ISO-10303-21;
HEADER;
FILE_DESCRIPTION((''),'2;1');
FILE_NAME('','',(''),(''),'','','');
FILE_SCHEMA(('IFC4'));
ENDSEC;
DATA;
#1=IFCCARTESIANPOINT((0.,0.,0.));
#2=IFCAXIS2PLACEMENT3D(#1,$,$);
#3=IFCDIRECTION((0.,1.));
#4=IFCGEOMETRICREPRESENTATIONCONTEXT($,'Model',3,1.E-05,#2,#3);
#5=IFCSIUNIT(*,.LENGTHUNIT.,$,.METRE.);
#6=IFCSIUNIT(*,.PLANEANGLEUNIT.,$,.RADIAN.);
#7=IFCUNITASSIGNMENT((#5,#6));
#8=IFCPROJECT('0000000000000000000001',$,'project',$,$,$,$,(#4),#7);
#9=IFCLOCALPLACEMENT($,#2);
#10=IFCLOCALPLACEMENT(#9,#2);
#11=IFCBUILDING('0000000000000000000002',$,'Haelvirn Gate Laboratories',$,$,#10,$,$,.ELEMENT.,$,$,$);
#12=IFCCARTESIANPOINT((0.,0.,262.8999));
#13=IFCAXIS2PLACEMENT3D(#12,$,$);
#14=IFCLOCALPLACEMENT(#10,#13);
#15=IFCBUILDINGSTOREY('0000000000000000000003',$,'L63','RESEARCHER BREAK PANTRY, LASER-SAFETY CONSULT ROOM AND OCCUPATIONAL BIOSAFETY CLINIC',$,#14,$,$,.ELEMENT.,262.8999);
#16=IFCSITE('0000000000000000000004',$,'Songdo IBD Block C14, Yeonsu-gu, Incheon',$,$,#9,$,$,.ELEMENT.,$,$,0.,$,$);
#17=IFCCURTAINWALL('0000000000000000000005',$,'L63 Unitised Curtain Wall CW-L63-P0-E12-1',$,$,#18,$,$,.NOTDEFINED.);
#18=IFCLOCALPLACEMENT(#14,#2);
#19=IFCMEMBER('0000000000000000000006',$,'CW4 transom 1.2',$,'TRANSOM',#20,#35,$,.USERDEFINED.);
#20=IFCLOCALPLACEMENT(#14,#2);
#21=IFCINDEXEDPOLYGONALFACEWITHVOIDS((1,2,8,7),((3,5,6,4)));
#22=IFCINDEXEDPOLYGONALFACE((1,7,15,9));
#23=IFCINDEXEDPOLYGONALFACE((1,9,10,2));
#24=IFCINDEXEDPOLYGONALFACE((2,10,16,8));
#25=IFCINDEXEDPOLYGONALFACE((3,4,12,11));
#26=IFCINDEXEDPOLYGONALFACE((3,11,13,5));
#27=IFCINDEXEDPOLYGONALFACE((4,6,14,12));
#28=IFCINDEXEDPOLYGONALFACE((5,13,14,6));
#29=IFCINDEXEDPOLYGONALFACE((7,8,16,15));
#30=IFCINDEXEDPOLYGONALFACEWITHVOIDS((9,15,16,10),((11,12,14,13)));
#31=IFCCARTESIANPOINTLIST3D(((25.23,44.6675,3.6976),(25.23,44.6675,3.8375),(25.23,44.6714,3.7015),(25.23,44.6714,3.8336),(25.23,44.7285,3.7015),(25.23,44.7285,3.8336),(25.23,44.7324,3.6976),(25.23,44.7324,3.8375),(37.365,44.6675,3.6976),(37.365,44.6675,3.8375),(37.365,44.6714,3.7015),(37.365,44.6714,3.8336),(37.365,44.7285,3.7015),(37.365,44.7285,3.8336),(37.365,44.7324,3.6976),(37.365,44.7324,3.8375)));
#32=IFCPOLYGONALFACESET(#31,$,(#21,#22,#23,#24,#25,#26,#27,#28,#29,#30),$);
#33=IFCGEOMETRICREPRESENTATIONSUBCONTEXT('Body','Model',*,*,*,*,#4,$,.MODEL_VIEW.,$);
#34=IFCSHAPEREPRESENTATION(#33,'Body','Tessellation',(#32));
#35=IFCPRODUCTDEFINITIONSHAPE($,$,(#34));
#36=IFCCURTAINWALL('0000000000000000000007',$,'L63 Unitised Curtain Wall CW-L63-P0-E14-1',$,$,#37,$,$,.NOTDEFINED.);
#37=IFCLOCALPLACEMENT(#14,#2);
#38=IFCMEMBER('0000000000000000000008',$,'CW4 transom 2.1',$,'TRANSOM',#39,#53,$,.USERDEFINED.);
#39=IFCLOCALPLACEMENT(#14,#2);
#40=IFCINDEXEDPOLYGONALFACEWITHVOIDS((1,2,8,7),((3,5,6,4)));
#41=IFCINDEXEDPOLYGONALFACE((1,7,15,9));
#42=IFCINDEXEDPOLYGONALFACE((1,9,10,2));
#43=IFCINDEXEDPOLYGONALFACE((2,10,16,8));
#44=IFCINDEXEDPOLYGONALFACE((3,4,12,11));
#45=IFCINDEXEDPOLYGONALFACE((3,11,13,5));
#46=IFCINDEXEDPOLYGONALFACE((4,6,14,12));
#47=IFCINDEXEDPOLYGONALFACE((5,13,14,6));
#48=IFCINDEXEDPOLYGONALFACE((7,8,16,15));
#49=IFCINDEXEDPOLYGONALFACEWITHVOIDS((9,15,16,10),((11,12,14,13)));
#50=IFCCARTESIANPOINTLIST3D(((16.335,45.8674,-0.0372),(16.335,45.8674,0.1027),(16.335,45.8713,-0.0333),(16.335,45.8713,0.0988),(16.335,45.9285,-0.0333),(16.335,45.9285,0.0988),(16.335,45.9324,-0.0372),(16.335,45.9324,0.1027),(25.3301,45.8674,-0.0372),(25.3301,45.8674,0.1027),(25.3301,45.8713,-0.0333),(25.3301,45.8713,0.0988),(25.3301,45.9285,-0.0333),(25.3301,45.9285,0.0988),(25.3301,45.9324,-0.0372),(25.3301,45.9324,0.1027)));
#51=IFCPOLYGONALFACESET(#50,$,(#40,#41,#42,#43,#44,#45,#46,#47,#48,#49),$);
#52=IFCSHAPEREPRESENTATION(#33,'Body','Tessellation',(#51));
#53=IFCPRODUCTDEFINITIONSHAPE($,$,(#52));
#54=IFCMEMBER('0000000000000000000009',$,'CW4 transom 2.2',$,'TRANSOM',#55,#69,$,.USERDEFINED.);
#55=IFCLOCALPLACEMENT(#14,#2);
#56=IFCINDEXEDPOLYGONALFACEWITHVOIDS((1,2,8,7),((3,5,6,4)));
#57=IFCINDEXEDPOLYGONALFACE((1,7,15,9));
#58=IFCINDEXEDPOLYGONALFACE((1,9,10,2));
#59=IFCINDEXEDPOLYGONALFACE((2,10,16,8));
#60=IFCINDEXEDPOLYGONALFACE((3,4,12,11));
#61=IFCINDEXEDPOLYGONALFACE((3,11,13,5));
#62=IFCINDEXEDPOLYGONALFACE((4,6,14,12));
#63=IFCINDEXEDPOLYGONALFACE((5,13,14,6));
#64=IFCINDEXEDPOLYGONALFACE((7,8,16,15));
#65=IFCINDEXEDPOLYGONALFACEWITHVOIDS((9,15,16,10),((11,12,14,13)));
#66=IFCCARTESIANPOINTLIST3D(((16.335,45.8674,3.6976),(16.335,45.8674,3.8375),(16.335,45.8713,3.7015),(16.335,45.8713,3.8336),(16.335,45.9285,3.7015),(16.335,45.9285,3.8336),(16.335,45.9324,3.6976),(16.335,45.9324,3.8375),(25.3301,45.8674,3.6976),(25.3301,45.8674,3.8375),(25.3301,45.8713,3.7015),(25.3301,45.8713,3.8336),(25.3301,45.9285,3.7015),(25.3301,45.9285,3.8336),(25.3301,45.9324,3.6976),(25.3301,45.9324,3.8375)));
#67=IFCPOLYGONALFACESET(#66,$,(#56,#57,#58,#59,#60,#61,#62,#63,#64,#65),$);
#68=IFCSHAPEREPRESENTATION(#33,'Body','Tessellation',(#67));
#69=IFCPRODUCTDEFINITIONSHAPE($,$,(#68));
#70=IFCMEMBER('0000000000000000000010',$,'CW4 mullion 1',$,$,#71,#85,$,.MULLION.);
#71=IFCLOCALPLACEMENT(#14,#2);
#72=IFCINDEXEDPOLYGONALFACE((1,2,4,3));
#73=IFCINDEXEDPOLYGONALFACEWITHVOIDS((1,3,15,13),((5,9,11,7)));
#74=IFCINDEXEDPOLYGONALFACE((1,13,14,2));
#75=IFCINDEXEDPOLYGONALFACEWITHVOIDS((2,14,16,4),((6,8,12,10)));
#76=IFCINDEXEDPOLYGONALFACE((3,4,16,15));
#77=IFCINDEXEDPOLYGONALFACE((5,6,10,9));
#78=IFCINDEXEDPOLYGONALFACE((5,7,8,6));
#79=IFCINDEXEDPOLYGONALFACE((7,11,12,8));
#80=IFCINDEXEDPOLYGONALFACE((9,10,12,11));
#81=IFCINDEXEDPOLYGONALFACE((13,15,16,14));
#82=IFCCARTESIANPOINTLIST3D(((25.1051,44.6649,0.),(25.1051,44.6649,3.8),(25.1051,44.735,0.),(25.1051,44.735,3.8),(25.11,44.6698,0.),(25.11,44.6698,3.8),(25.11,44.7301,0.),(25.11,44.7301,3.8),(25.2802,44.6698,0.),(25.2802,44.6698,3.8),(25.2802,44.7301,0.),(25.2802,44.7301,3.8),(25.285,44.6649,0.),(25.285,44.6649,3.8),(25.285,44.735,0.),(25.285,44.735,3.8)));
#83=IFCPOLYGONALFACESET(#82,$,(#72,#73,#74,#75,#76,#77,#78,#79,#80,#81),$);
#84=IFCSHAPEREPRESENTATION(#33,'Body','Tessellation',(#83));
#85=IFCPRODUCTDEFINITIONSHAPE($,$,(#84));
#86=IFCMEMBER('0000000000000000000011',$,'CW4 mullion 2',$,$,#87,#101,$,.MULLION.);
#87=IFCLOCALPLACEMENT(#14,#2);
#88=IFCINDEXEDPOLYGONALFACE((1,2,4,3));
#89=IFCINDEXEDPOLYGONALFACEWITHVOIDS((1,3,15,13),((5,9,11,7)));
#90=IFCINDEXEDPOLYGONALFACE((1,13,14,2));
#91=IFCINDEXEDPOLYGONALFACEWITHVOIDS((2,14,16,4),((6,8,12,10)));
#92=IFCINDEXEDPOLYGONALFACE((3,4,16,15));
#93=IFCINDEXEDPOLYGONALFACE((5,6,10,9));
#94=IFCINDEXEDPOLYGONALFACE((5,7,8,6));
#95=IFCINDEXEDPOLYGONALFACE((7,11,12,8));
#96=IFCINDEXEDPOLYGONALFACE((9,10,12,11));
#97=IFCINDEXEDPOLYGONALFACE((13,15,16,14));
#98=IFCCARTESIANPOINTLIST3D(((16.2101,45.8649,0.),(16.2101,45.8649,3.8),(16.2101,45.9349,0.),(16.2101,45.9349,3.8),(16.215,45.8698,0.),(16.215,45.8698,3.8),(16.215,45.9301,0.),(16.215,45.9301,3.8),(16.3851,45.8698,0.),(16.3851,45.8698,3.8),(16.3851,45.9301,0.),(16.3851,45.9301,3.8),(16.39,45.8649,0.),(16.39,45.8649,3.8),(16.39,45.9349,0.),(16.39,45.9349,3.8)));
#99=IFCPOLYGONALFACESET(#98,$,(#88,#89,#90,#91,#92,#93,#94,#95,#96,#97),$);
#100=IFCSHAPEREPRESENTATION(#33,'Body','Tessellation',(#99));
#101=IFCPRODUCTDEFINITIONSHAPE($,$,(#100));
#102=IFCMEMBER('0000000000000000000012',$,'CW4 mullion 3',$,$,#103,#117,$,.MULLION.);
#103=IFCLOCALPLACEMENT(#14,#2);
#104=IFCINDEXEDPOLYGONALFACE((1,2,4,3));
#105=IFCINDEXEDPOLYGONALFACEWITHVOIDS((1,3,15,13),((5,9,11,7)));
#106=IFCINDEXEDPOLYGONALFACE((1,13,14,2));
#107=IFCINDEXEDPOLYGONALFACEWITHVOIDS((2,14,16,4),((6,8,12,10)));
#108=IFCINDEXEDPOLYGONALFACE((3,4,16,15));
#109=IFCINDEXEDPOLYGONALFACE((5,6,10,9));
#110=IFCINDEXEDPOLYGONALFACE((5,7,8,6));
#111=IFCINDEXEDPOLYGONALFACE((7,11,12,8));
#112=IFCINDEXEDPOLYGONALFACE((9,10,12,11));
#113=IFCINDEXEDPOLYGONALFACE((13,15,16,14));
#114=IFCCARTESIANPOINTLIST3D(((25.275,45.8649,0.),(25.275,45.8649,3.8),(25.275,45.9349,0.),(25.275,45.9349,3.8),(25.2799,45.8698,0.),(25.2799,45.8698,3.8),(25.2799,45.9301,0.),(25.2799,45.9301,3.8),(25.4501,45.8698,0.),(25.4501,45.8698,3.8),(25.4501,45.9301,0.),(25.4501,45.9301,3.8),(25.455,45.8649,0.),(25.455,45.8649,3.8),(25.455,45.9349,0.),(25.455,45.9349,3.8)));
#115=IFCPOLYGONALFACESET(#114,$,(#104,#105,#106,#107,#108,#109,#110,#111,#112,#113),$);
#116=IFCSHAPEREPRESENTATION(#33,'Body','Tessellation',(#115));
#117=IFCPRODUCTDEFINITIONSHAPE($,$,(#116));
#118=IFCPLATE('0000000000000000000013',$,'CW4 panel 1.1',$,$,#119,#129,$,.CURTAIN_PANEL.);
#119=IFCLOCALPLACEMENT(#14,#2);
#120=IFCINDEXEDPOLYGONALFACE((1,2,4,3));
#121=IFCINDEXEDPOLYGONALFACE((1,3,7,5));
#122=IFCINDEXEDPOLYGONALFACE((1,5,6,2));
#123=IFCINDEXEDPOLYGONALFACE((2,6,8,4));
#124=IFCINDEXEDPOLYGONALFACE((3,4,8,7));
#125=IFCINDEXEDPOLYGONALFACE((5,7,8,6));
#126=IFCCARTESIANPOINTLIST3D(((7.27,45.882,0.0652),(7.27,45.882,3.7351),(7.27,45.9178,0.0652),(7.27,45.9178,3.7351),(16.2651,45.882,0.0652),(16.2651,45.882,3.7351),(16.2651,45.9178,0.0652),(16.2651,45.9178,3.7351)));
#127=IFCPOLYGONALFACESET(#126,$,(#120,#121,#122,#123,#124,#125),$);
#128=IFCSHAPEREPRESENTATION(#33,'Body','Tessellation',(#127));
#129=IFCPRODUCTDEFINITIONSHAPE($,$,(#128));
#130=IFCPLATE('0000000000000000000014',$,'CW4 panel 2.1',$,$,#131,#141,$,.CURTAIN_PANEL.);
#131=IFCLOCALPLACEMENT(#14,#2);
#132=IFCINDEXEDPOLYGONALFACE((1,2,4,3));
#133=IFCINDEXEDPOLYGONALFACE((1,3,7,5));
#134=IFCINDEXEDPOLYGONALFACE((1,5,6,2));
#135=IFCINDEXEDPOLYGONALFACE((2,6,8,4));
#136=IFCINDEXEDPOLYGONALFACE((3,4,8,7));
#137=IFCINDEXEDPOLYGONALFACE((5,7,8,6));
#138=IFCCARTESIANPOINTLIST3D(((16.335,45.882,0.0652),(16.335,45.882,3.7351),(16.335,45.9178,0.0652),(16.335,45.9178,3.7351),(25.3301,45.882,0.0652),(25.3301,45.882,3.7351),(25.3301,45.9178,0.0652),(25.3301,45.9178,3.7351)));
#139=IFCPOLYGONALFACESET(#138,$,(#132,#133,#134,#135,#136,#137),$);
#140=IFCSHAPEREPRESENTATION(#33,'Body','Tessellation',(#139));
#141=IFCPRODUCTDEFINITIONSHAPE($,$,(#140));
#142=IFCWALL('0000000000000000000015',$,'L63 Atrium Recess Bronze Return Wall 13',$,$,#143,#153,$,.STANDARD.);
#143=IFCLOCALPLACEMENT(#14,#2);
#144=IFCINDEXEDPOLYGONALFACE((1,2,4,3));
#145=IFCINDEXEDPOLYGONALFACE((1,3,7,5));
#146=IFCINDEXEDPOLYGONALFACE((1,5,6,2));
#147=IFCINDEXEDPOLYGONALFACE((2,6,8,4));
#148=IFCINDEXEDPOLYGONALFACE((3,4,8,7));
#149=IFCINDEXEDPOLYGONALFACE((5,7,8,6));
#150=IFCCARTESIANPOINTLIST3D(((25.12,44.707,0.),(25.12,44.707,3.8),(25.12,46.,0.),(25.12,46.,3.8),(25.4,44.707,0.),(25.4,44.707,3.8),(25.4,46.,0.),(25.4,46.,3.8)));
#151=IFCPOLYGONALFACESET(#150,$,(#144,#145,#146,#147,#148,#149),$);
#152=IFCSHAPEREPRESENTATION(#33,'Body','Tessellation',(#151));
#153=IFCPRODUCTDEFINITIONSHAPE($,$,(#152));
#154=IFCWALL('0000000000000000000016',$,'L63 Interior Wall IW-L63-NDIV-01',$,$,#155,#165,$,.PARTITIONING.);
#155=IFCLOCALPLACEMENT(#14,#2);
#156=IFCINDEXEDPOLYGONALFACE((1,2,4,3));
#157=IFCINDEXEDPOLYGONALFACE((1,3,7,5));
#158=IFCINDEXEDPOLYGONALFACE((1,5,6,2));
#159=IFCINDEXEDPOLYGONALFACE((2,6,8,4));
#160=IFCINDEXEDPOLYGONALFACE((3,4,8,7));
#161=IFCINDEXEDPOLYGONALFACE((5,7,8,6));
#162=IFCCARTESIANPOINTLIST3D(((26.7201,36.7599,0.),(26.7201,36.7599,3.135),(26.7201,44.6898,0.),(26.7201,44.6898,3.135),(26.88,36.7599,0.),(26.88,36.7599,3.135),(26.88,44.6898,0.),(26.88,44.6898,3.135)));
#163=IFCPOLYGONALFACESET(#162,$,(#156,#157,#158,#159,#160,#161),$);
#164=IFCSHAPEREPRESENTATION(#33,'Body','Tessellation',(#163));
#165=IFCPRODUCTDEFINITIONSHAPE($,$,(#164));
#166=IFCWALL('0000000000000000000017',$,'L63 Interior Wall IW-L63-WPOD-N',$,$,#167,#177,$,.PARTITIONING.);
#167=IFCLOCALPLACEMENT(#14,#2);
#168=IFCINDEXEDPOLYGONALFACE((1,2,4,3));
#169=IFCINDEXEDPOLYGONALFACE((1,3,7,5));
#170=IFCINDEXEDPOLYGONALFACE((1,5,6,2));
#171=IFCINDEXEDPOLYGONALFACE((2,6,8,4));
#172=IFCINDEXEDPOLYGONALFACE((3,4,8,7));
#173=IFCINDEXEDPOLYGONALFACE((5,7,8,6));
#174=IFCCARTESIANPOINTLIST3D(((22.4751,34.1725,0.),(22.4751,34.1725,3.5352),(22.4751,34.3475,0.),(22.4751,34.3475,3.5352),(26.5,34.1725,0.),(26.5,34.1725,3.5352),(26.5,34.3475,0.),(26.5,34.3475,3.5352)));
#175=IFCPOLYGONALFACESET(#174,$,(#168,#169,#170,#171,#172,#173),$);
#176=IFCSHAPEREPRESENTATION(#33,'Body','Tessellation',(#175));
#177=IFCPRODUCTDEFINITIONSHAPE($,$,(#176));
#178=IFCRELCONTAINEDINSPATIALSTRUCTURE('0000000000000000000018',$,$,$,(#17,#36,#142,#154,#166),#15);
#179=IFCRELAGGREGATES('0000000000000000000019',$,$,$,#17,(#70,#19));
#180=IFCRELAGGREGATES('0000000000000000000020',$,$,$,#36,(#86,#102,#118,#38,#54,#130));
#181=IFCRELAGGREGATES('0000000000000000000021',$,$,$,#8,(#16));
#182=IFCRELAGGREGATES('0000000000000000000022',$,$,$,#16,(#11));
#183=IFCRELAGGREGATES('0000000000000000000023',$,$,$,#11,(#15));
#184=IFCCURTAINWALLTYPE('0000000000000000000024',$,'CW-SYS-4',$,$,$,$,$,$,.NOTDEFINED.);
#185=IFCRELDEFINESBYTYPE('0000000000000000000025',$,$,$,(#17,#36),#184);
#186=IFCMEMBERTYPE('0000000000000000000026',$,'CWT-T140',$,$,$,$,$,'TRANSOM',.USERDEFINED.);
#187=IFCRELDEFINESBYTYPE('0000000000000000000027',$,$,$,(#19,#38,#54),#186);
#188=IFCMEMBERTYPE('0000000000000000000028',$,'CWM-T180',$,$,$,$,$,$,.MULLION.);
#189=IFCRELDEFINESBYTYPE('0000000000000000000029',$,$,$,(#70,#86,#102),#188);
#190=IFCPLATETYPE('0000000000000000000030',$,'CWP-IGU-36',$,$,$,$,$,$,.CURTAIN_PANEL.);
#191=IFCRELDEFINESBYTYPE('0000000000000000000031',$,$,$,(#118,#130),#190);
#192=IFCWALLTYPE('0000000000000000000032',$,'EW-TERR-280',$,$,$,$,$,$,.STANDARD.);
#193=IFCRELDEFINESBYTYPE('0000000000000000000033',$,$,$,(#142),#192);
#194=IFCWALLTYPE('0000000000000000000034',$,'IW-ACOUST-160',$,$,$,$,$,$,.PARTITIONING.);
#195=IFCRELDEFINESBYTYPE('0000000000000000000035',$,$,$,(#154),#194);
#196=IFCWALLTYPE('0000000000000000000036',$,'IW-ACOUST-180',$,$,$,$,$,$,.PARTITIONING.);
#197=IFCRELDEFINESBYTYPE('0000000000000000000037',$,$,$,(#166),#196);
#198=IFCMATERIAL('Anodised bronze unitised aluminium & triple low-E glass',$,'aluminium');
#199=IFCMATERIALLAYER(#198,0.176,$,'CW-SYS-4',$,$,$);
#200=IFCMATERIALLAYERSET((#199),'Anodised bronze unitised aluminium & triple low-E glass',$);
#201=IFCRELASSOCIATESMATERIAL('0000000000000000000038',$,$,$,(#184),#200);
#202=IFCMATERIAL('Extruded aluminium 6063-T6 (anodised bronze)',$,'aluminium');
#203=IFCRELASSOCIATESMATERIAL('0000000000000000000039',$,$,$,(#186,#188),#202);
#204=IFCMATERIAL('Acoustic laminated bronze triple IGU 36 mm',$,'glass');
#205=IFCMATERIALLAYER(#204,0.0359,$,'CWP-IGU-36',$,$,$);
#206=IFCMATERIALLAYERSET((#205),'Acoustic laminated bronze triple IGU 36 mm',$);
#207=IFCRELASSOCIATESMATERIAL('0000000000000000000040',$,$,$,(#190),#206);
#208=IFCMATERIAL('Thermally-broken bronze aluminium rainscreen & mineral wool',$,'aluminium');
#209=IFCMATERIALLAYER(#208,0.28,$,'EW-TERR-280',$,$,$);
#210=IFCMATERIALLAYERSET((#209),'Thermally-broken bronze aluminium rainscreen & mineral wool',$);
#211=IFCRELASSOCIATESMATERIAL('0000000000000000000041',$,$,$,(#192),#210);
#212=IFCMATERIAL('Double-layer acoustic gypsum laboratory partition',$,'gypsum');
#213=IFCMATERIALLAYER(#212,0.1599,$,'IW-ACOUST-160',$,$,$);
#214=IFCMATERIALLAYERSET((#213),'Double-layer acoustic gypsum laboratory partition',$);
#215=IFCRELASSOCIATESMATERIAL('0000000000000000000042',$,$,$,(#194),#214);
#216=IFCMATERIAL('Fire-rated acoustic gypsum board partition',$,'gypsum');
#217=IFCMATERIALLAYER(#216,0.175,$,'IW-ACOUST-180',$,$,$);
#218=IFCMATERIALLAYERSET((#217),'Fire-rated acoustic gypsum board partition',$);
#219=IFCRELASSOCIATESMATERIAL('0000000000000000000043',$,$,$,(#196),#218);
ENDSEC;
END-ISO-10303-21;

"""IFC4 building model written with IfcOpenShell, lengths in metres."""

from ifc_helpers import new_model, si_unit, direction, frame, frame_2d, origin, origin_2d, place, context, subcontext, project, spatial, rectangle, hollow_rectangle, extrude, source, transform, mapped, material, layer, layer_set, material_profile, profile_set, type_object, type_shapes, element, aggregate, save


model = new_model("IFC4")

# Units and contexts
model_context = context("Model", 3, precision=1e-05, world=origin(), true_north=direction((0.0, 1.0)))
body_context = subcontext(model_context, "Body", "Model", "MODEL_VIEW")
ifc_project = project(units=[si_unit("LENGTHUNIT", "METRE"), si_unit("PLANEANGLEUNIT", "RADIAN")], contexts=[model_context])

# Site, building, storey
site_placement = place(None, origin())
site = spatial("IfcSite", under=ifc_project, at=site_placement, Name="Songdo IBD Block C14, Yeonsu-gu, Incheon", CompositionType="ELEMENT", RefElevation=0.0)
building_placement = place(site_placement, origin())
building = spatial("IfcBuilding", under=site, at=building_placement, Name="Haelvirn Gate Laboratories", CompositionType="ELEMENT")
storey_placement = place(building_placement, frame((0.0, 0.0, 262.8999)))
storey = spatial("IfcBuildingStorey", under=building, at=storey_placement, Name="L63", Description="RESEARCHER BREAK PANTRY, LASER-SAFETY CONSULT ROOM AND OCCUPATIONAL BIOSAFETY CLINIC", CompositionType="ELEMENT", Elevation=262.8999)

# Curtain walls, members
ifc_material_1 = material(Name="Anodised bronze unitised aluminium & triple low-E glass", Category="aluminium")
ifc_layer_1 = layer(ifc_material_1, 0.176, Name="CW-SYS-4")
ifc_layer_set_1 = layer_set([ifc_layer_1], Name="Anodised bronze unitised aluminium & triple low-E glass")
curtain_wall_type = type_object("IfcCurtainWallType", Name="CW-SYS-4", PredefinedType="NOTDEFINED", material=ifc_layer_set_1)
curtain_wall_1_placement = place(storey_placement, origin())
curtain_wall_1 = element("IfcCurtainWall", 1, at=curtain_wall_1_placement, inside=storey, type_object=curtain_wall_type, Name="L63 Unitised Curtain Wall CW-L63-P0-E12-1", PredefinedType="NOTDEFINED")
ifc_material_2 = material(Name="Extruded aluminium 6063-T6 (anodised bronze)", Category="aluminium")
ifc_material_profile_1 = material_profile(ifc_material_2, hollow_rectangle(XDim=0.0649, YDim=0.1399, WallThickness=0.0039, at=origin_2d()), Name="CWT-140x65x4")
ifc_profile_set_1 = profile_set([ifc_material_profile_1], Name="Extruded aluminium 6063-T6 (anodised bronze)")
member_type_1 = type_object("IfcMemberType", Name="CWT-T140", ElementType="TRANSOM", PredefinedType="USERDEFINED", material=ifc_profile_set_1)
shared_shape_1 = source(origin(), body_context, "Body", "SweptSolid", [
    extrude(hollow_rectangle(XDim=0.0649, YDim=0.1399, WallThickness=0.0039, at=origin_2d()), origin(), (0.0, 0.0, 1.0), 12.135),
])
member_1_placement = place(storey_placement, frame((25.23, 44.7, 3.7676), z_axis=(1.0, 0.0, 0.0), x_axis=(0.0, 1.0, 0.0)))
member_1 = element("IfcMember", 2, at=member_1_placement, type_object=member_type_1, Name="CW4 transom 1.2", ObjectType="TRANSOM", PredefinedType="USERDEFINED", context=body_context, shape_type="MappedRepresentation", body=[
    mapped(shared_shape_1, transform((0.0, 0.0, 0.0), scale=1.0)),
])
curtain_wall_2_placement = place(storey_placement, origin())
curtain_wall_2 = element("IfcCurtainWall", 3, at=curtain_wall_2_placement, inside=storey, type_object=curtain_wall_type, Name="L63 Unitised Curtain Wall CW-L63-P0-E14-1", PredefinedType="NOTDEFINED")
shared_shape_2 = source(origin(), body_context, "Body", "SweptSolid", [
    extrude(hollow_rectangle(XDim=0.0649, YDim=0.1399, WallThickness=0.0039, at=origin_2d()), origin(), (0.0, 0.0, 1.0), 8.9951),
])
type_shapes(member_type_1, [shared_shape_1, shared_shape_2])
member_2_placement = place(storey_placement, frame((16.335, 45.8999, 0.0327), z_axis=(1.0, 0.0, 0.0), x_axis=(0.0, 1.0, 0.0)))
member_2 = element("IfcMember", 4, at=member_2_placement, type_object=member_type_1, Name="CW4 transom 2.1", ObjectType="TRANSOM", PredefinedType="USERDEFINED", context=body_context, shape_type="MappedRepresentation", body=[
    mapped(shared_shape_2, transform((0.0, 0.0, 0.0), scale=1.0)),
])
member_3_placement = place(storey_placement, frame((16.335, 45.8999, 3.7676), z_axis=(1.0, 0.0, 0.0), x_axis=(0.0, 1.0, 0.0)))
member_3 = element("IfcMember", 5, at=member_3_placement, type_object=member_type_1, Name="CW4 transom 2.2", ObjectType="TRANSOM", PredefinedType="USERDEFINED", context=body_context, shape_type="MappedRepresentation", body=[
    mapped(shared_shape_2, transform((0.0, 0.0, 0.0), scale=1.0)),
])

# Members
ifc_material_profile_2 = material_profile(ifc_material_2, hollow_rectangle(XDim=0.0701, YDim=0.1799, WallThickness=0.0049, at=origin_2d()), Name="CWM-180x70x5")
ifc_profile_set_2 = profile_set([ifc_material_profile_2], Name="Extruded aluminium 6063-T6 (anodised bronze)")
member_type_2 = type_object("IfcMemberType", Name="CWM-T180", PredefinedType="MULLION", material=ifc_profile_set_2)
shared_shape_3 = source(origin(), body_context, "Body", "SweptSolid", [
    extrude(hollow_rectangle(XDim=0.0701, YDim=0.1799, WallThickness=0.0049, at=origin_2d()), origin(), (0.0, 0.0, 1.0), 3.8),
])
type_shapes(member_type_2, [shared_shape_3])
member_4_placement = place(storey_placement, frame((25.1951, 44.7, 0.0), z_axis=(0.0, 0.0, 1.0), x_axis=(0.0, 1.0, 0.0)))
member_4 = element("IfcMember", 6, at=member_4_placement, type_object=member_type_2, Name="CW4 mullion 1", PredefinedType="MULLION", context=body_context, shape_type="MappedRepresentation", body=[
    mapped(shared_shape_3, transform((0.0, 0.0, 0.0), scale=1.0)),
])
aggregate(curtain_wall_1, [member_4, member_1])
member_5_placement = place(storey_placement, frame((16.3, 45.8999, 0.0), z_axis=(0.0, 0.0, 1.0), x_axis=(0.0, 1.0, 0.0)))
member_5 = element("IfcMember", 7, at=member_5_placement, type_object=member_type_2, Name="CW4 mullion 2", PredefinedType="MULLION", context=body_context, shape_type="MappedRepresentation", body=[
    mapped(shared_shape_3, transform((0.0, 0.0, 0.0), scale=1.0)),
])
member_6_placement = place(storey_placement, frame((25.365, 45.8999, 0.0), z_axis=(0.0, 0.0, 1.0), x_axis=(0.0, 1.0, 0.0)))
member_6 = element("IfcMember", 8, at=member_6_placement, type_object=member_type_2, Name="CW4 mullion 3", PredefinedType="MULLION", context=body_context, shape_type="MappedRepresentation", body=[
    mapped(shared_shape_3, transform((0.0, 0.0, 0.0), scale=1.0)),
])

# Plates
ifc_material_3 = material(Name="Acoustic laminated bronze triple IGU 36 mm", Category="glass")
ifc_layer_2 = layer(ifc_material_3, 0.0359, Name="CWP-IGU-36")
ifc_layer_set_2 = layer_set([ifc_layer_2], Name="Acoustic laminated bronze triple IGU 36 mm")
plate_type = type_object("IfcPlateType", Name="CWP-IGU-36", PredefinedType="CURTAIN_PANEL", material=ifc_layer_set_2)
shared_shape_4 = source(origin(), body_context, "Body", "SweptSolid", [
    extrude(rectangle(XDim=8.9951, YDim=0.0359, at=origin_2d()), origin(), (0.0, 0.0, 1.0), 3.6699),
])
type_shapes(plate_type, [shared_shape_4])
plate_1_placement = place(storey_placement, frame((11.7676, 45.8999, 0.0652), z_axis=(0.0, 0.0, 1.0), x_axis=(1.0, 0.0, 0.0)))
plate_1 = element("IfcPlate", 9, at=plate_1_placement, type_object=plate_type, Name="CW4 panel 1.1", PredefinedType="CURTAIN_PANEL", context=body_context, shape_type="MappedRepresentation", body=[
    mapped(shared_shape_4, transform((0.0, 0.0, 0.0), scale=1.0)),
])
plate_2_placement = place(storey_placement, frame((20.8325, 45.8999, 0.0652), z_axis=(0.0, 0.0, 1.0), x_axis=(1.0, 0.0, 0.0)))
plate_2 = element("IfcPlate", 10, at=plate_2_placement, type_object=plate_type, Name="CW4 panel 2.1", PredefinedType="CURTAIN_PANEL", context=body_context, shape_type="MappedRepresentation", body=[
    mapped(shared_shape_4, transform((0.0, 0.0, 0.0), scale=1.0)),
])
aggregate(curtain_wall_2, [member_5, member_6, plate_1, member_2, member_3, plate_2])

# Walls
ifc_material_4 = material(Name="Thermally-broken bronze aluminium rainscreen & mineral wool", Category="aluminium")
ifc_layer_3 = layer(ifc_material_4, 0.28, Name="EW-TERR-280")
ifc_layer_set_3 = layer_set([ifc_layer_3], Name="Thermally-broken bronze aluminium rainscreen & mineral wool")
wall_type_1 = type_object("IfcWallType", Name="EW-TERR-280", PredefinedType="STANDARD", material=ifc_layer_set_3)
wall_1_placement = place(storey_placement, frame((25.26, 44.707, 0.0), z_axis=(0.0, 0.0, 1.0), x_axis=(0.0, 1.0, 0.0)))
element("IfcWall", 11, at=wall_1_placement, inside=storey, type_object=wall_type_1, Name="L63 Atrium Recess Bronze Return Wall 13", PredefinedType="STANDARD", context=body_context, shape_type="SweptSolid", body=[
    extrude(rectangle(XDim=1.293, YDim=0.28, at=frame_2d((0.6465, 0.0))), origin(), (0.0, 0.0, 1.0), 3.8),
])
ifc_material_5 = material(Name="Double-layer acoustic gypsum laboratory partition", Category="gypsum")
ifc_layer_4 = layer(ifc_material_5, 0.1599, Name="IW-ACOUST-160")
ifc_layer_set_4 = layer_set([ifc_layer_4], Name="Double-layer acoustic gypsum laboratory partition")
wall_type_2 = type_object("IfcWallType", Name="IW-ACOUST-160", PredefinedType="PARTITIONING", material=ifc_layer_set_4)
wall_2_placement = place(storey_placement, frame((26.8, 36.76, 0.0), z_axis=(0.0, 0.0, 1.0), x_axis=(0.0, 1.0, 0.0)))
element("IfcWall", 12, at=wall_2_placement, inside=storey, type_object=wall_type_2, Name="L63 Interior Wall IW-L63-NDIV-01", PredefinedType="PARTITIONING", context=body_context, shape_type="SweptSolid", body=[
    extrude(rectangle(XDim=7.9299, YDim=0.1599, at=frame_2d((3.9648, 0.0))), origin(), (0.0, 0.0, 1.0), 3.135),
])
ifc_material_6 = material(Name="Fire-rated acoustic gypsum board partition", Category="gypsum")
ifc_layer_5 = layer(ifc_material_6, 0.175, Name="IW-ACOUST-180")
ifc_layer_set_5 = layer_set([ifc_layer_5], Name="Fire-rated acoustic gypsum board partition")
wall_type_3 = type_object("IfcWallType", Name="IW-ACOUST-180", PredefinedType="PARTITIONING", material=ifc_layer_set_5)
wall_3_placement = place(storey_placement, frame((22.4751, 34.26, 0.0), z_axis=(0.0, 0.0, 1.0), x_axis=(1.0, 0.0, 0.0)))
element("IfcWall", 13, at=wall_3_placement, inside=storey, type_object=wall_type_3, Name="L63 Interior Wall IW-L63-WPOD-N", PredefinedType="PARTITIONING", context=body_context, shape_type="SweptSolid", body=[
    extrude(rectangle(XDim=4.0249, YDim=0.175, at=frame_2d((2.0125, 0.0))), origin(), (0.0, 0.0, 1.0), 3.5352),
])

save(model, "model.ifc")
